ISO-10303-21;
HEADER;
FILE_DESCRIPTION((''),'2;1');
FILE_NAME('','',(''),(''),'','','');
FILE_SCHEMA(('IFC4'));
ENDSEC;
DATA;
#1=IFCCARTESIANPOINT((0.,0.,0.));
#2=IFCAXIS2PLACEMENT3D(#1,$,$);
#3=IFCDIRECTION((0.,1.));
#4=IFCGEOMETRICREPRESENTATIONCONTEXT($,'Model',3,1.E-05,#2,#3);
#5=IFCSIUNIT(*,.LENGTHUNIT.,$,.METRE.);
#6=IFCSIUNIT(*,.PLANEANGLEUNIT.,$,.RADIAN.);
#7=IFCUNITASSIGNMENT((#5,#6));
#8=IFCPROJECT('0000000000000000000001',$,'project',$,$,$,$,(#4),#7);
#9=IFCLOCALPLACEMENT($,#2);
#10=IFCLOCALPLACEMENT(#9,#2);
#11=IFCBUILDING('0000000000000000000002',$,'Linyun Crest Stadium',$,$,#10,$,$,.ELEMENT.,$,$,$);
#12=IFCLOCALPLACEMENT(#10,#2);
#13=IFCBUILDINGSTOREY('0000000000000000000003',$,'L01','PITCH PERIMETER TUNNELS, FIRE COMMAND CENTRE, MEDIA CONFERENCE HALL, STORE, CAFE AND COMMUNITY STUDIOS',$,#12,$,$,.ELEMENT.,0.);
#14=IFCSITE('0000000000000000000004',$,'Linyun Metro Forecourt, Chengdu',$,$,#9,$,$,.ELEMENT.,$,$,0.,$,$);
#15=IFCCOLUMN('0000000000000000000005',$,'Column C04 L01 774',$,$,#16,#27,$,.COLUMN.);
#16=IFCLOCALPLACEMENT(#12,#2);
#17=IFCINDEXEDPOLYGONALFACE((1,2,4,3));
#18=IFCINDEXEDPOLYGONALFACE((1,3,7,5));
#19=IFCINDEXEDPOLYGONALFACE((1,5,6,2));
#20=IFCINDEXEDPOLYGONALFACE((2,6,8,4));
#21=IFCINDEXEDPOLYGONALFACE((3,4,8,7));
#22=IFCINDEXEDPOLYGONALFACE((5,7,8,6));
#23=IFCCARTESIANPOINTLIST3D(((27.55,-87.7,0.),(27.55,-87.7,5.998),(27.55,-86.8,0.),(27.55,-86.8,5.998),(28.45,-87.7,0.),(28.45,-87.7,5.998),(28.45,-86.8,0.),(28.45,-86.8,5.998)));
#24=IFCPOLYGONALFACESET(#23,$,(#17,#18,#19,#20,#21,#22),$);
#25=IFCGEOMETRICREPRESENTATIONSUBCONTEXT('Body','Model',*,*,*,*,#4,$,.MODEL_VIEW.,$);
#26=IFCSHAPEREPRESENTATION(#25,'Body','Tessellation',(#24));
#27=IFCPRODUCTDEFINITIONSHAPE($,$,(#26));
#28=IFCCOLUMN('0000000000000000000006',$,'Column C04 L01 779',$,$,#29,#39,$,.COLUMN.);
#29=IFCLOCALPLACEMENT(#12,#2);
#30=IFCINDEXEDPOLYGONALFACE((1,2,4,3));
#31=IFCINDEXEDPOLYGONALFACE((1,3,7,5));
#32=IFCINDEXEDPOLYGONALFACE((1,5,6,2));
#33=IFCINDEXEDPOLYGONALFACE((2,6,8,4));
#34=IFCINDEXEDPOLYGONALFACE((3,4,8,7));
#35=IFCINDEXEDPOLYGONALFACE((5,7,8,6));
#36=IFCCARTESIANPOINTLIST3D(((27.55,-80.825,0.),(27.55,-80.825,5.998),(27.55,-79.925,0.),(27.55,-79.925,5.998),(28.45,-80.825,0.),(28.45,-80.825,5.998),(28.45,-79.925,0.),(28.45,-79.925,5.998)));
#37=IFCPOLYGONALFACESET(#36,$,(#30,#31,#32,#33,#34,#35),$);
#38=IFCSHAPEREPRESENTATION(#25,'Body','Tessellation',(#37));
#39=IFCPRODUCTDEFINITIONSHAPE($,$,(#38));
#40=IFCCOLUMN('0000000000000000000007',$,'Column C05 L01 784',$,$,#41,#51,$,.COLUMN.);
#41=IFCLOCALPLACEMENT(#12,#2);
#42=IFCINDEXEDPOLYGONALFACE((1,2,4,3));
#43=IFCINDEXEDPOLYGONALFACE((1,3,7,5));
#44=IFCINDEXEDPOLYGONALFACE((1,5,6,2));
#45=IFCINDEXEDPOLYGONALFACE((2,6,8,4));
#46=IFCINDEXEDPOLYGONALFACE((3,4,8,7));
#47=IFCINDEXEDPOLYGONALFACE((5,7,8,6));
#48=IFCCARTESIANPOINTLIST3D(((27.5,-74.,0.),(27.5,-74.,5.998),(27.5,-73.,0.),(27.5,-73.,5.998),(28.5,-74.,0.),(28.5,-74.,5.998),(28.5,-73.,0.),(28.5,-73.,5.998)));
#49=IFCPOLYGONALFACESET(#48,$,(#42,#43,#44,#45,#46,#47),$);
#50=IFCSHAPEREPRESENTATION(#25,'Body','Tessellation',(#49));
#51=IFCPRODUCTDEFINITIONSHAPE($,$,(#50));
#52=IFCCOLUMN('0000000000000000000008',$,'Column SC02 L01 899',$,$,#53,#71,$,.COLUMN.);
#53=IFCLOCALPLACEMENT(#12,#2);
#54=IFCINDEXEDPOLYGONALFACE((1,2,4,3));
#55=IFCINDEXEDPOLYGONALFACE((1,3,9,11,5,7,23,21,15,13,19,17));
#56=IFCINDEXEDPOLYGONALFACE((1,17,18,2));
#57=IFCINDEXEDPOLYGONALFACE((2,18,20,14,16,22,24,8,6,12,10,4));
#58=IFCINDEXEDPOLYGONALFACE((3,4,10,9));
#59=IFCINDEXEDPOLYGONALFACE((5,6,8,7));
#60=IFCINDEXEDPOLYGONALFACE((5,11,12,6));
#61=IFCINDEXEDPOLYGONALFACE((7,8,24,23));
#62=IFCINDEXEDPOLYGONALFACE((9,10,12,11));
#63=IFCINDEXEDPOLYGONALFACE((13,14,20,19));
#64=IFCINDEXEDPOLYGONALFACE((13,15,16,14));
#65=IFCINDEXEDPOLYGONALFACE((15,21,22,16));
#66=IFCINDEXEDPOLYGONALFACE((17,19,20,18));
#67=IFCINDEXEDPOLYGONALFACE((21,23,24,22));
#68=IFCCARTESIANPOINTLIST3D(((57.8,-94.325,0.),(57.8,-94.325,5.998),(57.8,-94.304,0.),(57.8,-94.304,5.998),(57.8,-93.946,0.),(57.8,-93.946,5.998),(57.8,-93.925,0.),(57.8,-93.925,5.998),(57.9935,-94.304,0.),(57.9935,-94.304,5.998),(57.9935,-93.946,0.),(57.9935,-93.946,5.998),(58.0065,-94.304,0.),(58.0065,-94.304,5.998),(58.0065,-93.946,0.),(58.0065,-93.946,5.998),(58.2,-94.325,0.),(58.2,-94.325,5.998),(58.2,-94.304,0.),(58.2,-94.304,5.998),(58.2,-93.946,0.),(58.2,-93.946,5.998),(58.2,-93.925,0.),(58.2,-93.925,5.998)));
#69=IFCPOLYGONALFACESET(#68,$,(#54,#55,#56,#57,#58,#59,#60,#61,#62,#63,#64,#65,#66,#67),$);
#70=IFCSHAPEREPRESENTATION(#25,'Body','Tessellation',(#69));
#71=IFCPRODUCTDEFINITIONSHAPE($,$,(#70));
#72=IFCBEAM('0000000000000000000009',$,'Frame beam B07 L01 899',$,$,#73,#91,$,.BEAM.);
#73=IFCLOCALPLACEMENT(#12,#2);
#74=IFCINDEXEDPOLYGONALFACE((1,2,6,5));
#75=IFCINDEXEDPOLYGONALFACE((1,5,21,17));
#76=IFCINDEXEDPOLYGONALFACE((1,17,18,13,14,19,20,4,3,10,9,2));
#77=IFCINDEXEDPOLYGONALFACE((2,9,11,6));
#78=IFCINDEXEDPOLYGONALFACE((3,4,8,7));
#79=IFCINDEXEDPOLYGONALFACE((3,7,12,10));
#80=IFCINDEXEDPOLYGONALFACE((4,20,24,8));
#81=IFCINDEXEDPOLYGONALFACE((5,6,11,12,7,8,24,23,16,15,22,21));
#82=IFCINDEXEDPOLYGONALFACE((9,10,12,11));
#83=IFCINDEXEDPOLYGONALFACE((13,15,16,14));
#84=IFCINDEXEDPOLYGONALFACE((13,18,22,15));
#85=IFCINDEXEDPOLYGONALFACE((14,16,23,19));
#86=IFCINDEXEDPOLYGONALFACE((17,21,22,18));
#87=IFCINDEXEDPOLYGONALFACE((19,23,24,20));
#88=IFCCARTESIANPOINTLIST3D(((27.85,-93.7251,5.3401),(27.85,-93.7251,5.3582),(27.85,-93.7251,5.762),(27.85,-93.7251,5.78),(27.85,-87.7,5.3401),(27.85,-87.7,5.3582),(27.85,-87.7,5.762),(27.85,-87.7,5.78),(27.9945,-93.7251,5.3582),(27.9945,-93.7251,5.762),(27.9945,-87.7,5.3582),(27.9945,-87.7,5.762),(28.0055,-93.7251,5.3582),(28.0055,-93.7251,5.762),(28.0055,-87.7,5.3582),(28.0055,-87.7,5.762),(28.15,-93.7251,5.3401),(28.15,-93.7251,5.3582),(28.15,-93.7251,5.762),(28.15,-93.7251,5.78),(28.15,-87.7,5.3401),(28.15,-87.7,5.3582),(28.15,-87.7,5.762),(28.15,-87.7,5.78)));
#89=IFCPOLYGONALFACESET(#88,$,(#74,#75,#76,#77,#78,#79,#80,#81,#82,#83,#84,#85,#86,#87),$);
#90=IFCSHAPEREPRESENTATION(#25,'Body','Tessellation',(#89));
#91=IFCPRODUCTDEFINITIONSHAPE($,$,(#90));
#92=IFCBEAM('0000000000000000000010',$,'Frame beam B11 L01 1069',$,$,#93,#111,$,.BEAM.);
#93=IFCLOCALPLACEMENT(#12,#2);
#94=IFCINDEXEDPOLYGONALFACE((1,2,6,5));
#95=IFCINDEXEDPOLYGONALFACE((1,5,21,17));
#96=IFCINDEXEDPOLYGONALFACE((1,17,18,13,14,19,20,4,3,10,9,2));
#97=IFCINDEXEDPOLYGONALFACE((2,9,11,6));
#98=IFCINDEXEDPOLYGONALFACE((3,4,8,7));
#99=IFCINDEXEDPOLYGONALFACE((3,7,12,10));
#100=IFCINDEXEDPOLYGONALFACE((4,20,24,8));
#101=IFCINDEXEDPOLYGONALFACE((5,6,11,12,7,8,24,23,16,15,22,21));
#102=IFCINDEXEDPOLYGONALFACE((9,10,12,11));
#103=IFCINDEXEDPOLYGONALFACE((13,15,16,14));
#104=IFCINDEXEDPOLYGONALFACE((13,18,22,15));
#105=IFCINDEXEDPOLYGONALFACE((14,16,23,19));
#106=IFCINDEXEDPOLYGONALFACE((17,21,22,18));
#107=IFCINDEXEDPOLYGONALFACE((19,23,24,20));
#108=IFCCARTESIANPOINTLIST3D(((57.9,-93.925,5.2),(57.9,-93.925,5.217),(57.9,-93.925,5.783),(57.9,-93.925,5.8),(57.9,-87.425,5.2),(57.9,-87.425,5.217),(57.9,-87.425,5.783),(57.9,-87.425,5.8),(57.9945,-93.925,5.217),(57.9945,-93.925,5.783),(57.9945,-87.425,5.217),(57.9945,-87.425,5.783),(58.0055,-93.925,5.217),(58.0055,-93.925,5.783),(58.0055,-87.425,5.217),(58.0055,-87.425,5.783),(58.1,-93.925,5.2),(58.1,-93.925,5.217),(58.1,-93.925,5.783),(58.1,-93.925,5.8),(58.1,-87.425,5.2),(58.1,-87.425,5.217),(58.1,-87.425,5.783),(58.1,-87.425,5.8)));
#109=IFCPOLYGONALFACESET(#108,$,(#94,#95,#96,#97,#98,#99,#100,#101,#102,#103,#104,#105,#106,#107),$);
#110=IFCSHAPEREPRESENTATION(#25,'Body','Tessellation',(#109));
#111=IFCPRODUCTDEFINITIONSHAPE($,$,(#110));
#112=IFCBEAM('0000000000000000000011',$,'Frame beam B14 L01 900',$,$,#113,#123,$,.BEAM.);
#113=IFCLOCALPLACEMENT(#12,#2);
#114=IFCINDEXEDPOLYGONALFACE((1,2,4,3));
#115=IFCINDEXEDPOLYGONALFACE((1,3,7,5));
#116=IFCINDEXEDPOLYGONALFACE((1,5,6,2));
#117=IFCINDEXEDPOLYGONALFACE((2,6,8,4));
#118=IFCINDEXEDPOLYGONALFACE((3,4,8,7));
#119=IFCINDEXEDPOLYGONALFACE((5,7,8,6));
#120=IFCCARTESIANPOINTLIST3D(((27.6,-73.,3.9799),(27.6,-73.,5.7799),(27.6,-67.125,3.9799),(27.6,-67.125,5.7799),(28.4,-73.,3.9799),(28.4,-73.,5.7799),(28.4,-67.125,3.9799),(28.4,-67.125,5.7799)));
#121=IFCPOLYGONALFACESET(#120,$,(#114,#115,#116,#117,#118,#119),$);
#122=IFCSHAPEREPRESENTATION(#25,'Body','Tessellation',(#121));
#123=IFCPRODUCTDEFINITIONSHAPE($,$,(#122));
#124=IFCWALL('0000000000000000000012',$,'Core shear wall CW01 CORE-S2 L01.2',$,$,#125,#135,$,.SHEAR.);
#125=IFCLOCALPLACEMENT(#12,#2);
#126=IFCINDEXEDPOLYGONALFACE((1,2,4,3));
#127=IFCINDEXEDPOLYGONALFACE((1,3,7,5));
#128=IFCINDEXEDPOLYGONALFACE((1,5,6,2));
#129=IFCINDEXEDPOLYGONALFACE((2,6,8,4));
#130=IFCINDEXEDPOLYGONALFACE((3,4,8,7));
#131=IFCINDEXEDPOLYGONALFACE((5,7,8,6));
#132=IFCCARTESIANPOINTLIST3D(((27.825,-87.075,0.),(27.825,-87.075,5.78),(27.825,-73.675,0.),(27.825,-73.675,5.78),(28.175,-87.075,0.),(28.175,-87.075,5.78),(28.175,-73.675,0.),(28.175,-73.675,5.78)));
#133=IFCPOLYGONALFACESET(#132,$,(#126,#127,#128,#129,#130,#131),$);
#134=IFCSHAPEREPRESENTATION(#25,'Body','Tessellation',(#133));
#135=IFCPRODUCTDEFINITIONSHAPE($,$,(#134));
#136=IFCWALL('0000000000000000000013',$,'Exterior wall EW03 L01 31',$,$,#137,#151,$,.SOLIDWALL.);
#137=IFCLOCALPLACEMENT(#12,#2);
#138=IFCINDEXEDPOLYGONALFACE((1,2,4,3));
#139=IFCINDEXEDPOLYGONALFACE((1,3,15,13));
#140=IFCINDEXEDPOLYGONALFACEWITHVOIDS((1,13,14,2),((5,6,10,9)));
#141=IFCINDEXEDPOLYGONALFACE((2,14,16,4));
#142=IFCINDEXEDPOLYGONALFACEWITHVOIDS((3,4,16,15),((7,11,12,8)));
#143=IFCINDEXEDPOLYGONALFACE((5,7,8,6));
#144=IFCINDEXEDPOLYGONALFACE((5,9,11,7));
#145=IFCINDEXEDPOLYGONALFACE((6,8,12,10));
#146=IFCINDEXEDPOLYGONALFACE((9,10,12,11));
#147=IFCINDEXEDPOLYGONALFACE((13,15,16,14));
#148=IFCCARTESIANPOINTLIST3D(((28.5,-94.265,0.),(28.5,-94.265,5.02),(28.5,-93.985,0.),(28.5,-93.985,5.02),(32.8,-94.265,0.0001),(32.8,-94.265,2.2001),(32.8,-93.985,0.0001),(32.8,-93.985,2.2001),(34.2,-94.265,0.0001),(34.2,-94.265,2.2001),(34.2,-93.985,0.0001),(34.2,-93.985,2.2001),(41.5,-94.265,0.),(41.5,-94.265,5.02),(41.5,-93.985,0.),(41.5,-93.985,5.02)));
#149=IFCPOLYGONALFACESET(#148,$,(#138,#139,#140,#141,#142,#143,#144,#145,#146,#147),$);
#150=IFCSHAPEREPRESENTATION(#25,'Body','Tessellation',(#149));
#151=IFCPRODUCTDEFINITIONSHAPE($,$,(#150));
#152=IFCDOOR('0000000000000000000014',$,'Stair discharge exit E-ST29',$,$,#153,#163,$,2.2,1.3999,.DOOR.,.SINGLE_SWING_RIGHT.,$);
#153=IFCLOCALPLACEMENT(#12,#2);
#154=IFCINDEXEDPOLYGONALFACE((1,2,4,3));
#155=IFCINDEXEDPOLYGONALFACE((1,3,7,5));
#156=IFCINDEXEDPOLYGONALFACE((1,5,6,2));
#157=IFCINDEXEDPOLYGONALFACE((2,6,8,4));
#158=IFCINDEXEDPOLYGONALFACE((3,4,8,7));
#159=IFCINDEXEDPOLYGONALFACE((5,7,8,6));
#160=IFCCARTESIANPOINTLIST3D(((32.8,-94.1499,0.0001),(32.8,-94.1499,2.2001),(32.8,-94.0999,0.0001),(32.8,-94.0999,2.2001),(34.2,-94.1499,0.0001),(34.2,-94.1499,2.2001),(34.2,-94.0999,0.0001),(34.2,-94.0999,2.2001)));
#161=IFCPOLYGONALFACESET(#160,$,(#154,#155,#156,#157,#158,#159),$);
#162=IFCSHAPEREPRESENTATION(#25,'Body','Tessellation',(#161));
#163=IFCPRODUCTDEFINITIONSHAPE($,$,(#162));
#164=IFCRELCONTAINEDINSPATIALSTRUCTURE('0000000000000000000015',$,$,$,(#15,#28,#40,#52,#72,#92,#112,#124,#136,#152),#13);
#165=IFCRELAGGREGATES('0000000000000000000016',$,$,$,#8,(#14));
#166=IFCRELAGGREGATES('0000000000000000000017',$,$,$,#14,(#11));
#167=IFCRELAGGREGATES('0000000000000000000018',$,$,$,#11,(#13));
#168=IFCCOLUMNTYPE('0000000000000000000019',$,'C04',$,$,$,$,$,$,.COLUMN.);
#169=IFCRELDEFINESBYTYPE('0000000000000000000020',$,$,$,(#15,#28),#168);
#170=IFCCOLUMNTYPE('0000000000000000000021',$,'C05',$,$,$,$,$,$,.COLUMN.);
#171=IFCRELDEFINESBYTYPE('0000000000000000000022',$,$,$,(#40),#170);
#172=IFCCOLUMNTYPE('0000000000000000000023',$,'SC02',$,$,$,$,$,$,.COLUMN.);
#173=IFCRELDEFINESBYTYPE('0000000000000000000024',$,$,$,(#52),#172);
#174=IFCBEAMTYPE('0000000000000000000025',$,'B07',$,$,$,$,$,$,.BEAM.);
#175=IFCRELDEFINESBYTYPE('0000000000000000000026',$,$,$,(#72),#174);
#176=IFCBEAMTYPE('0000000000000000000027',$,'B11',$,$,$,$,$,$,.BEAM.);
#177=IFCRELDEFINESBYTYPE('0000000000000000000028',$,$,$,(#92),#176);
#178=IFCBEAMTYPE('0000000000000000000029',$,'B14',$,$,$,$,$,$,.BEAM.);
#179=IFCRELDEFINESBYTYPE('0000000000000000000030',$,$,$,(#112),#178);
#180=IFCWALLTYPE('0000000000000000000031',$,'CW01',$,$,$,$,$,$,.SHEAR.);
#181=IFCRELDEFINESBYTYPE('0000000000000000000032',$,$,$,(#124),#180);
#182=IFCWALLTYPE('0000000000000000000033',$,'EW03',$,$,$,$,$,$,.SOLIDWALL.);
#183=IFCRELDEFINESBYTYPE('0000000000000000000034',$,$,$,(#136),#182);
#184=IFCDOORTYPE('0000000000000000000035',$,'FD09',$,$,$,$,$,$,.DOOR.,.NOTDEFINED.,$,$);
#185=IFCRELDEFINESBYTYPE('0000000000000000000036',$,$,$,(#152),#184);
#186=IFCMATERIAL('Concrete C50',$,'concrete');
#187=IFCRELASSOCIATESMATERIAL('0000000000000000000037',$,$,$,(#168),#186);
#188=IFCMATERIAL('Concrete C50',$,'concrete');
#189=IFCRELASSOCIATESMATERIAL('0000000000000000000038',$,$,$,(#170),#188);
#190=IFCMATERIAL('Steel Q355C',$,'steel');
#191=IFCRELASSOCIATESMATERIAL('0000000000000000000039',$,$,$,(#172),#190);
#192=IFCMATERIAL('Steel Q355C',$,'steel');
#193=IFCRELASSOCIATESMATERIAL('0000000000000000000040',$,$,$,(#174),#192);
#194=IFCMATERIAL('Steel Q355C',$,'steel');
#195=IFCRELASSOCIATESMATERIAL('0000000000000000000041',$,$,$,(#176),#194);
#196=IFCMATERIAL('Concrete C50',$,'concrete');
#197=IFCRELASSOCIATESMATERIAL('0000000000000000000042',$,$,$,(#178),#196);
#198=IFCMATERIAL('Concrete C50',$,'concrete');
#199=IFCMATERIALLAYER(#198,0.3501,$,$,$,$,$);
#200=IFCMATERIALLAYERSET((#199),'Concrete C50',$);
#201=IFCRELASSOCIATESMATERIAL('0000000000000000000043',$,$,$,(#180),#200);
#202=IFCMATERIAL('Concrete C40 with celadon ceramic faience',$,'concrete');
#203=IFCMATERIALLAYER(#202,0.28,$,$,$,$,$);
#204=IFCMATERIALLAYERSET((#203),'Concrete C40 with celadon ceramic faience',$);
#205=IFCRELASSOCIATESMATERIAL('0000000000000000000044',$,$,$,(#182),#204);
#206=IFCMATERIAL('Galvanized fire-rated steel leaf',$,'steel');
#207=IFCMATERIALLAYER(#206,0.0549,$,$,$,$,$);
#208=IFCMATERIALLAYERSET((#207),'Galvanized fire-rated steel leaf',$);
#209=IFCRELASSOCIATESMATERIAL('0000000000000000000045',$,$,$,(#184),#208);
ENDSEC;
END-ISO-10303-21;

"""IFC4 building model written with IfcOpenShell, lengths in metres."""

from ifc_helpers import new_model, si_unit, direction, frame, frame_2d, origin, origin_2d, place, context, subcontext, project, spatial, rectangle, i_section, extrude, material, layer, layer_set, material_profile, profile_set, type_object, element, fill, save


model = new_model("IFC4")

# Units and contexts
model_context = context("Model", 3, precision=1e-05, world=origin(), true_north=direction((0.0, 1.0)))
body_context = subcontext(model_context, "Body", "Model", "MODEL_VIEW")
ifc_project = project(units=[si_unit("LENGTHUNIT", "METRE"), si_unit("PLANEANGLEUNIT", "RADIAN")], contexts=[model_context])

# Site, building, storey
site_placement = place(None, origin())
site = spatial("IfcSite", under=ifc_project, at=site_placement, Name="Linyun Metro Forecourt, Chengdu", CompositionType="ELEMENT", RefElevation=0.0)
building_placement = place(site_placement, origin())
building = spatial("IfcBuilding", under=site, at=building_placement, Name="Linyun Crest Stadium", CompositionType="ELEMENT")
storey_placement = place(building_placement, origin())
storey = spatial("IfcBuildingStorey", under=building, at=storey_placement, Name="L01", Description="PITCH PERIMETER TUNNELS, FIRE COMMAND CENTRE, MEDIA CONFERENCE HALL, STORE, CAFE AND COMMUNITY STUDIOS", CompositionType="ELEMENT", Elevation=0.0)

# Columns
ifc_material_1 = material(Name="Concrete C50", Category="concrete")
ifc_material_profile_1 = material_profile(ifc_material_1, rectangle(XDim=0.8999, YDim=0.8999, at=origin_2d()), Name="RC 900x900")
ifc_profile_set_1 = profile_set([ifc_material_profile_1], Name="Concrete C50")
column_type_1 = type_object("IfcColumnType", Name="C04", PredefinedType="COLUMN", material=ifc_profile_set_1)
for number, where, z_axis, x_axis, name in (
    (1, (28.0, -87.25, 0.0), (0.0, 0.0, 1.0), (1.0, 0.0, 0.0), "Column C04 L01 774"),
    (2, (28.0, -80.375, 0.0), (0.0, 0.0, 1.0), (1.0, 0.0, 0.0), "Column C04 L01 779"),
):
    element("IfcColumn", number, at=place(storey_placement, frame(where, z_axis=z_axis, x_axis=x_axis)), inside=storey, type_object=column_type_1, Name=name, PredefinedType="COLUMN", context=body_context, shape_type="SweptSolid", body=[
        extrude(rectangle(XDim=0.8999, YDim=0.8999, at=origin_2d()), origin(), (0.0, 0.0, 1.0), 5.998),
    ])
ifc_material_2 = material(Name="Concrete C50", Category="concrete")
ifc_material_profile_2 = material_profile(ifc_material_2, rectangle(XDim=1.0, YDim=1.0, at=origin_2d()), Name="RC 1000x1000")
ifc_profile_set_2 = profile_set([ifc_material_profile_2], Name="Concrete C50")
column_type_2 = type_object("IfcColumnType", Name="C05", PredefinedType="COLUMN", material=ifc_profile_set_2)
column_1_placement = place(storey_placement, frame((28.0, -73.5, 0.0), z_axis=(0.0, 0.0, 1.0), x_axis=(1.0, 0.0, 0.0)))
element("IfcColumn", 3, at=column_1_placement, inside=storey, type_object=column_type_2, Name="Column C05 L01 784", PredefinedType="COLUMN", context=body_context, shape_type="SweptSolid", body=[
    extrude(rectangle(XDim=1.0, YDim=1.0, at=origin_2d()), origin(), (0.0, 0.0, 1.0), 5.998),
])
ifc_material_3 = material(Name="Steel Q355C", Category="steel")
ifc_material_profile_3 = material_profile(ifc_material_3, i_section(OverallWidth=0.3999, OverallDepth=0.3999, WebThickness=0.0129, FlangeThickness=0.021, at=origin_2d()), Name="HW 400x400")
ifc_profile_set_3 = profile_set([ifc_material_profile_3], Name="Steel Q355C")
column_type_3 = type_object("IfcColumnType", Name="SC02", PredefinedType="COLUMN", material=ifc_profile_set_3)
column_2_placement = place(storey_placement, frame((58.0, -94.125, 0.0), z_axis=(0.0, 0.0, 1.0), x_axis=(1.0, 0.0, 0.0)))
element("IfcColumn", 4, at=column_2_placement, inside=storey, type_object=column_type_3, Name="Column SC02 L01 899", PredefinedType="COLUMN", context=body_context, shape_type="SweptSolid", body=[
    extrude(i_section(OverallWidth=0.3999, OverallDepth=0.3999, WebThickness=0.0129, FlangeThickness=0.021, at=origin_2d()), origin(), (0.0, 0.0, 1.0), 5.998),
])

# Beams
ifc_material_4 = material(Name="Steel Q355C", Category="steel")
ifc_material_profile_4 = material_profile(ifc_material_4, i_section(OverallWidth=0.3, OverallDepth=0.4399, WebThickness=0.011, FlangeThickness=0.0181, at=origin_2d()), Name="HM 440x300")
ifc_profile_set_4 = profile_set([ifc_material_profile_4], Name="Steel Q355C")
beam_type_1 = type_object("IfcBeamType", Name="B07", PredefinedType="BEAM", material=ifc_profile_set_4)
beam_1_placement = place(storey_placement, frame((28.0, -93.7251, 5.5601), z_axis=(0.0, 1.0, 0.0), x_axis=(-1.0, 0.0, 0.0)))
element("IfcBeam", 5, at=beam_1_placement, inside=storey, type_object=beam_type_1, Name="Frame beam B07 L01 899", PredefinedType="BEAM", context=body_context, shape_type="SweptSolid", body=[
    extrude(i_section(OverallWidth=0.3, OverallDepth=0.4399, WebThickness=0.011, FlangeThickness=0.0181, at=origin_2d()), origin(), (0.0, 0.0, 1.0), 6.0251),
])
ifc_material_5 = material(Name="Steel Q355C", Category="steel")
ifc_material_profile_5 = material_profile(ifc_material_5, i_section(OverallWidth=0.2, OverallDepth=0.6001, WebThickness=0.011, FlangeThickness=0.0171, at=origin_2d()), Name="HN 600x200")
ifc_profile_set_5 = profile_set([ifc_material_profile_5], Name="Steel Q355C")
beam_type_2 = type_object("IfcBeamType", Name="B11", PredefinedType="BEAM", material=ifc_profile_set_5)
beam_2_placement = place(storey_placement, frame((58.0, -93.925, 5.5), z_axis=(0.0, 1.0, 0.0), x_axis=(-1.0, 0.0, 0.0)))
element("IfcBeam", 6, at=beam_2_placement, inside=storey, type_object=beam_type_2, Name="Frame beam B11 L01 1069", PredefinedType="BEAM", context=body_context, shape_type="SweptSolid", body=[
    extrude(i_section(OverallWidth=0.2, OverallDepth=0.6001, WebThickness=0.011, FlangeThickness=0.0171, at=origin_2d()), origin(), (0.0, 0.0, 1.0), 6.5),
])
ifc_material_6 = material(Name="Concrete C50", Category="concrete")
ifc_material_profile_6 = material_profile(ifc_material_6, rectangle(XDim=0.8, YDim=1.8, at=origin_2d()), Name="RCB 1800x800")
ifc_profile_set_6 = profile_set([ifc_material_profile_6], Name="Concrete C50")
beam_type_3 = type_object("IfcBeamType", Name="B14", PredefinedType="BEAM", material=ifc_profile_set_6)
beam_3_placement = place(storey_placement, frame((28.0, -73.0, 4.8799), z_axis=(0.0, 1.0, 0.0), x_axis=(-1.0, 0.0, 0.0)))
element("IfcBeam", 7, at=beam_3_placement, inside=storey, type_object=beam_type_3, Name="Frame beam B14 L01 900", PredefinedType="BEAM", context=body_context, shape_type="SweptSolid", body=[
    extrude(rectangle(XDim=0.8, YDim=1.8, at=origin_2d()), origin(), (0.0, 0.0, 1.0), 5.875),
])

# Wall
ifc_material_7 = material(Name="Concrete C50", Category="concrete")
ifc_layer_1 = layer(ifc_material_7, 0.3501)
ifc_layer_set_1 = layer_set([ifc_layer_1], Name="Concrete C50")
wall_type_1 = type_object("IfcWallType", Name="CW01", PredefinedType="SHEAR", material=ifc_layer_set_1)
wall_1_placement = place(storey_placement, frame((28.0, -87.075, 0.0), z_axis=(0.0, 0.0, 1.0), x_axis=(0.0, 1.0, 0.0)))
element("IfcWall", 8, at=wall_1_placement, inside=storey, type_object=wall_type_1, Name="Core shear wall CW01 CORE-S2 L01.2", PredefinedType="SHEAR", context=body_context, shape_type="SweptSolid", body=[
    extrude(rectangle(XDim=13.3999, YDim=0.3501, at=frame_2d((6.7, 0.0))), origin(), (0.0, 0.0, 1.0), 5.78),
])

# Wall, opening, door
ifc_material_8 = material(Name="Concrete C40 with celadon ceramic faience", Category="concrete")
ifc_layer_2 = layer(ifc_material_8, 0.28)
ifc_layer_set_2 = layer_set([ifc_layer_2], Name="Concrete C40 with celadon ceramic faience")
wall_type_2 = type_object("IfcWallType", Name="EW03", PredefinedType="SOLIDWALL", material=ifc_layer_set_2)
wall_2_placement = place(storey_placement, frame((41.5, -94.125, 0.0), z_axis=(0.0, 0.0, 1.0), x_axis=(-1.0, 0.0, 0.0)))
wall_2 = element("IfcWall", 9, at=wall_2_placement, inside=storey, type_object=wall_type_2, Name="Exterior wall EW03 L01 31", PredefinedType="SOLIDWALL", context=body_context, shape_type="SweptSolid", body=[
    extrude(rectangle(XDim=13.0, YDim=0.28, at=frame_2d((6.5, 0.0))), origin(), (0.0, 0.0, 1.0), 5.02),
])
opening_1_placement = place(wall_2_placement, frame((7.3, 0.0, 0.0)))
opening_1 = element("IfcOpeningElement", 10, at=opening_1_placement, cuts=wall_2, PredefinedType="OPENING", context=body_context, shape_type="SweptSolid", body=[
    extrude(rectangle(XDim=1.3999, YDim=2.2, at=frame_2d((0.7, 1.1001))), frame((0.0, 0.1499, 0.0), z_axis=(0.0, -1.0, 0.0), x_axis=(1.0, 0.0, 0.0)), (0.0, 0.0, 1.0), 0.3),
])
ifc_material_9 = material(Name="Galvanized fire-rated steel leaf", Category="steel")
ifc_layer_3 = layer(ifc_material_9, 0.0549)
ifc_layer_set_3 = layer_set([ifc_layer_3], Name="Galvanized fire-rated steel leaf")
door_type_1 = type_object("IfcDoorType", Name="FD09", OperationType="NOTDEFINED", PredefinedType="DOOR", material=ifc_layer_set_3)
door_1_placement = place(opening_1_placement, origin())
door_1 = element("IfcDoor", 11, at=door_1_placement, inside=storey, type_object=door_type_1, Name="Stair discharge exit E-ST29", OperationType="SINGLE_SWING_RIGHT", OverallHeight=2.2, OverallWidth=1.3999, PredefinedType="DOOR", context=body_context, shape_type="SweptSolid", body=[
    extrude(rectangle(XDim=1.3999, YDim=2.2, at=frame_2d((0.7, 1.1001))), frame((0.0, 0.0249, 0.0), z_axis=(0.0, -1.0, 0.0), x_axis=(1.0, 0.0, 0.0)), (0.0, 0.0, 1.0), 0.05),
])
fill(opening_1, door_1)

save(model, "model.ifc")
